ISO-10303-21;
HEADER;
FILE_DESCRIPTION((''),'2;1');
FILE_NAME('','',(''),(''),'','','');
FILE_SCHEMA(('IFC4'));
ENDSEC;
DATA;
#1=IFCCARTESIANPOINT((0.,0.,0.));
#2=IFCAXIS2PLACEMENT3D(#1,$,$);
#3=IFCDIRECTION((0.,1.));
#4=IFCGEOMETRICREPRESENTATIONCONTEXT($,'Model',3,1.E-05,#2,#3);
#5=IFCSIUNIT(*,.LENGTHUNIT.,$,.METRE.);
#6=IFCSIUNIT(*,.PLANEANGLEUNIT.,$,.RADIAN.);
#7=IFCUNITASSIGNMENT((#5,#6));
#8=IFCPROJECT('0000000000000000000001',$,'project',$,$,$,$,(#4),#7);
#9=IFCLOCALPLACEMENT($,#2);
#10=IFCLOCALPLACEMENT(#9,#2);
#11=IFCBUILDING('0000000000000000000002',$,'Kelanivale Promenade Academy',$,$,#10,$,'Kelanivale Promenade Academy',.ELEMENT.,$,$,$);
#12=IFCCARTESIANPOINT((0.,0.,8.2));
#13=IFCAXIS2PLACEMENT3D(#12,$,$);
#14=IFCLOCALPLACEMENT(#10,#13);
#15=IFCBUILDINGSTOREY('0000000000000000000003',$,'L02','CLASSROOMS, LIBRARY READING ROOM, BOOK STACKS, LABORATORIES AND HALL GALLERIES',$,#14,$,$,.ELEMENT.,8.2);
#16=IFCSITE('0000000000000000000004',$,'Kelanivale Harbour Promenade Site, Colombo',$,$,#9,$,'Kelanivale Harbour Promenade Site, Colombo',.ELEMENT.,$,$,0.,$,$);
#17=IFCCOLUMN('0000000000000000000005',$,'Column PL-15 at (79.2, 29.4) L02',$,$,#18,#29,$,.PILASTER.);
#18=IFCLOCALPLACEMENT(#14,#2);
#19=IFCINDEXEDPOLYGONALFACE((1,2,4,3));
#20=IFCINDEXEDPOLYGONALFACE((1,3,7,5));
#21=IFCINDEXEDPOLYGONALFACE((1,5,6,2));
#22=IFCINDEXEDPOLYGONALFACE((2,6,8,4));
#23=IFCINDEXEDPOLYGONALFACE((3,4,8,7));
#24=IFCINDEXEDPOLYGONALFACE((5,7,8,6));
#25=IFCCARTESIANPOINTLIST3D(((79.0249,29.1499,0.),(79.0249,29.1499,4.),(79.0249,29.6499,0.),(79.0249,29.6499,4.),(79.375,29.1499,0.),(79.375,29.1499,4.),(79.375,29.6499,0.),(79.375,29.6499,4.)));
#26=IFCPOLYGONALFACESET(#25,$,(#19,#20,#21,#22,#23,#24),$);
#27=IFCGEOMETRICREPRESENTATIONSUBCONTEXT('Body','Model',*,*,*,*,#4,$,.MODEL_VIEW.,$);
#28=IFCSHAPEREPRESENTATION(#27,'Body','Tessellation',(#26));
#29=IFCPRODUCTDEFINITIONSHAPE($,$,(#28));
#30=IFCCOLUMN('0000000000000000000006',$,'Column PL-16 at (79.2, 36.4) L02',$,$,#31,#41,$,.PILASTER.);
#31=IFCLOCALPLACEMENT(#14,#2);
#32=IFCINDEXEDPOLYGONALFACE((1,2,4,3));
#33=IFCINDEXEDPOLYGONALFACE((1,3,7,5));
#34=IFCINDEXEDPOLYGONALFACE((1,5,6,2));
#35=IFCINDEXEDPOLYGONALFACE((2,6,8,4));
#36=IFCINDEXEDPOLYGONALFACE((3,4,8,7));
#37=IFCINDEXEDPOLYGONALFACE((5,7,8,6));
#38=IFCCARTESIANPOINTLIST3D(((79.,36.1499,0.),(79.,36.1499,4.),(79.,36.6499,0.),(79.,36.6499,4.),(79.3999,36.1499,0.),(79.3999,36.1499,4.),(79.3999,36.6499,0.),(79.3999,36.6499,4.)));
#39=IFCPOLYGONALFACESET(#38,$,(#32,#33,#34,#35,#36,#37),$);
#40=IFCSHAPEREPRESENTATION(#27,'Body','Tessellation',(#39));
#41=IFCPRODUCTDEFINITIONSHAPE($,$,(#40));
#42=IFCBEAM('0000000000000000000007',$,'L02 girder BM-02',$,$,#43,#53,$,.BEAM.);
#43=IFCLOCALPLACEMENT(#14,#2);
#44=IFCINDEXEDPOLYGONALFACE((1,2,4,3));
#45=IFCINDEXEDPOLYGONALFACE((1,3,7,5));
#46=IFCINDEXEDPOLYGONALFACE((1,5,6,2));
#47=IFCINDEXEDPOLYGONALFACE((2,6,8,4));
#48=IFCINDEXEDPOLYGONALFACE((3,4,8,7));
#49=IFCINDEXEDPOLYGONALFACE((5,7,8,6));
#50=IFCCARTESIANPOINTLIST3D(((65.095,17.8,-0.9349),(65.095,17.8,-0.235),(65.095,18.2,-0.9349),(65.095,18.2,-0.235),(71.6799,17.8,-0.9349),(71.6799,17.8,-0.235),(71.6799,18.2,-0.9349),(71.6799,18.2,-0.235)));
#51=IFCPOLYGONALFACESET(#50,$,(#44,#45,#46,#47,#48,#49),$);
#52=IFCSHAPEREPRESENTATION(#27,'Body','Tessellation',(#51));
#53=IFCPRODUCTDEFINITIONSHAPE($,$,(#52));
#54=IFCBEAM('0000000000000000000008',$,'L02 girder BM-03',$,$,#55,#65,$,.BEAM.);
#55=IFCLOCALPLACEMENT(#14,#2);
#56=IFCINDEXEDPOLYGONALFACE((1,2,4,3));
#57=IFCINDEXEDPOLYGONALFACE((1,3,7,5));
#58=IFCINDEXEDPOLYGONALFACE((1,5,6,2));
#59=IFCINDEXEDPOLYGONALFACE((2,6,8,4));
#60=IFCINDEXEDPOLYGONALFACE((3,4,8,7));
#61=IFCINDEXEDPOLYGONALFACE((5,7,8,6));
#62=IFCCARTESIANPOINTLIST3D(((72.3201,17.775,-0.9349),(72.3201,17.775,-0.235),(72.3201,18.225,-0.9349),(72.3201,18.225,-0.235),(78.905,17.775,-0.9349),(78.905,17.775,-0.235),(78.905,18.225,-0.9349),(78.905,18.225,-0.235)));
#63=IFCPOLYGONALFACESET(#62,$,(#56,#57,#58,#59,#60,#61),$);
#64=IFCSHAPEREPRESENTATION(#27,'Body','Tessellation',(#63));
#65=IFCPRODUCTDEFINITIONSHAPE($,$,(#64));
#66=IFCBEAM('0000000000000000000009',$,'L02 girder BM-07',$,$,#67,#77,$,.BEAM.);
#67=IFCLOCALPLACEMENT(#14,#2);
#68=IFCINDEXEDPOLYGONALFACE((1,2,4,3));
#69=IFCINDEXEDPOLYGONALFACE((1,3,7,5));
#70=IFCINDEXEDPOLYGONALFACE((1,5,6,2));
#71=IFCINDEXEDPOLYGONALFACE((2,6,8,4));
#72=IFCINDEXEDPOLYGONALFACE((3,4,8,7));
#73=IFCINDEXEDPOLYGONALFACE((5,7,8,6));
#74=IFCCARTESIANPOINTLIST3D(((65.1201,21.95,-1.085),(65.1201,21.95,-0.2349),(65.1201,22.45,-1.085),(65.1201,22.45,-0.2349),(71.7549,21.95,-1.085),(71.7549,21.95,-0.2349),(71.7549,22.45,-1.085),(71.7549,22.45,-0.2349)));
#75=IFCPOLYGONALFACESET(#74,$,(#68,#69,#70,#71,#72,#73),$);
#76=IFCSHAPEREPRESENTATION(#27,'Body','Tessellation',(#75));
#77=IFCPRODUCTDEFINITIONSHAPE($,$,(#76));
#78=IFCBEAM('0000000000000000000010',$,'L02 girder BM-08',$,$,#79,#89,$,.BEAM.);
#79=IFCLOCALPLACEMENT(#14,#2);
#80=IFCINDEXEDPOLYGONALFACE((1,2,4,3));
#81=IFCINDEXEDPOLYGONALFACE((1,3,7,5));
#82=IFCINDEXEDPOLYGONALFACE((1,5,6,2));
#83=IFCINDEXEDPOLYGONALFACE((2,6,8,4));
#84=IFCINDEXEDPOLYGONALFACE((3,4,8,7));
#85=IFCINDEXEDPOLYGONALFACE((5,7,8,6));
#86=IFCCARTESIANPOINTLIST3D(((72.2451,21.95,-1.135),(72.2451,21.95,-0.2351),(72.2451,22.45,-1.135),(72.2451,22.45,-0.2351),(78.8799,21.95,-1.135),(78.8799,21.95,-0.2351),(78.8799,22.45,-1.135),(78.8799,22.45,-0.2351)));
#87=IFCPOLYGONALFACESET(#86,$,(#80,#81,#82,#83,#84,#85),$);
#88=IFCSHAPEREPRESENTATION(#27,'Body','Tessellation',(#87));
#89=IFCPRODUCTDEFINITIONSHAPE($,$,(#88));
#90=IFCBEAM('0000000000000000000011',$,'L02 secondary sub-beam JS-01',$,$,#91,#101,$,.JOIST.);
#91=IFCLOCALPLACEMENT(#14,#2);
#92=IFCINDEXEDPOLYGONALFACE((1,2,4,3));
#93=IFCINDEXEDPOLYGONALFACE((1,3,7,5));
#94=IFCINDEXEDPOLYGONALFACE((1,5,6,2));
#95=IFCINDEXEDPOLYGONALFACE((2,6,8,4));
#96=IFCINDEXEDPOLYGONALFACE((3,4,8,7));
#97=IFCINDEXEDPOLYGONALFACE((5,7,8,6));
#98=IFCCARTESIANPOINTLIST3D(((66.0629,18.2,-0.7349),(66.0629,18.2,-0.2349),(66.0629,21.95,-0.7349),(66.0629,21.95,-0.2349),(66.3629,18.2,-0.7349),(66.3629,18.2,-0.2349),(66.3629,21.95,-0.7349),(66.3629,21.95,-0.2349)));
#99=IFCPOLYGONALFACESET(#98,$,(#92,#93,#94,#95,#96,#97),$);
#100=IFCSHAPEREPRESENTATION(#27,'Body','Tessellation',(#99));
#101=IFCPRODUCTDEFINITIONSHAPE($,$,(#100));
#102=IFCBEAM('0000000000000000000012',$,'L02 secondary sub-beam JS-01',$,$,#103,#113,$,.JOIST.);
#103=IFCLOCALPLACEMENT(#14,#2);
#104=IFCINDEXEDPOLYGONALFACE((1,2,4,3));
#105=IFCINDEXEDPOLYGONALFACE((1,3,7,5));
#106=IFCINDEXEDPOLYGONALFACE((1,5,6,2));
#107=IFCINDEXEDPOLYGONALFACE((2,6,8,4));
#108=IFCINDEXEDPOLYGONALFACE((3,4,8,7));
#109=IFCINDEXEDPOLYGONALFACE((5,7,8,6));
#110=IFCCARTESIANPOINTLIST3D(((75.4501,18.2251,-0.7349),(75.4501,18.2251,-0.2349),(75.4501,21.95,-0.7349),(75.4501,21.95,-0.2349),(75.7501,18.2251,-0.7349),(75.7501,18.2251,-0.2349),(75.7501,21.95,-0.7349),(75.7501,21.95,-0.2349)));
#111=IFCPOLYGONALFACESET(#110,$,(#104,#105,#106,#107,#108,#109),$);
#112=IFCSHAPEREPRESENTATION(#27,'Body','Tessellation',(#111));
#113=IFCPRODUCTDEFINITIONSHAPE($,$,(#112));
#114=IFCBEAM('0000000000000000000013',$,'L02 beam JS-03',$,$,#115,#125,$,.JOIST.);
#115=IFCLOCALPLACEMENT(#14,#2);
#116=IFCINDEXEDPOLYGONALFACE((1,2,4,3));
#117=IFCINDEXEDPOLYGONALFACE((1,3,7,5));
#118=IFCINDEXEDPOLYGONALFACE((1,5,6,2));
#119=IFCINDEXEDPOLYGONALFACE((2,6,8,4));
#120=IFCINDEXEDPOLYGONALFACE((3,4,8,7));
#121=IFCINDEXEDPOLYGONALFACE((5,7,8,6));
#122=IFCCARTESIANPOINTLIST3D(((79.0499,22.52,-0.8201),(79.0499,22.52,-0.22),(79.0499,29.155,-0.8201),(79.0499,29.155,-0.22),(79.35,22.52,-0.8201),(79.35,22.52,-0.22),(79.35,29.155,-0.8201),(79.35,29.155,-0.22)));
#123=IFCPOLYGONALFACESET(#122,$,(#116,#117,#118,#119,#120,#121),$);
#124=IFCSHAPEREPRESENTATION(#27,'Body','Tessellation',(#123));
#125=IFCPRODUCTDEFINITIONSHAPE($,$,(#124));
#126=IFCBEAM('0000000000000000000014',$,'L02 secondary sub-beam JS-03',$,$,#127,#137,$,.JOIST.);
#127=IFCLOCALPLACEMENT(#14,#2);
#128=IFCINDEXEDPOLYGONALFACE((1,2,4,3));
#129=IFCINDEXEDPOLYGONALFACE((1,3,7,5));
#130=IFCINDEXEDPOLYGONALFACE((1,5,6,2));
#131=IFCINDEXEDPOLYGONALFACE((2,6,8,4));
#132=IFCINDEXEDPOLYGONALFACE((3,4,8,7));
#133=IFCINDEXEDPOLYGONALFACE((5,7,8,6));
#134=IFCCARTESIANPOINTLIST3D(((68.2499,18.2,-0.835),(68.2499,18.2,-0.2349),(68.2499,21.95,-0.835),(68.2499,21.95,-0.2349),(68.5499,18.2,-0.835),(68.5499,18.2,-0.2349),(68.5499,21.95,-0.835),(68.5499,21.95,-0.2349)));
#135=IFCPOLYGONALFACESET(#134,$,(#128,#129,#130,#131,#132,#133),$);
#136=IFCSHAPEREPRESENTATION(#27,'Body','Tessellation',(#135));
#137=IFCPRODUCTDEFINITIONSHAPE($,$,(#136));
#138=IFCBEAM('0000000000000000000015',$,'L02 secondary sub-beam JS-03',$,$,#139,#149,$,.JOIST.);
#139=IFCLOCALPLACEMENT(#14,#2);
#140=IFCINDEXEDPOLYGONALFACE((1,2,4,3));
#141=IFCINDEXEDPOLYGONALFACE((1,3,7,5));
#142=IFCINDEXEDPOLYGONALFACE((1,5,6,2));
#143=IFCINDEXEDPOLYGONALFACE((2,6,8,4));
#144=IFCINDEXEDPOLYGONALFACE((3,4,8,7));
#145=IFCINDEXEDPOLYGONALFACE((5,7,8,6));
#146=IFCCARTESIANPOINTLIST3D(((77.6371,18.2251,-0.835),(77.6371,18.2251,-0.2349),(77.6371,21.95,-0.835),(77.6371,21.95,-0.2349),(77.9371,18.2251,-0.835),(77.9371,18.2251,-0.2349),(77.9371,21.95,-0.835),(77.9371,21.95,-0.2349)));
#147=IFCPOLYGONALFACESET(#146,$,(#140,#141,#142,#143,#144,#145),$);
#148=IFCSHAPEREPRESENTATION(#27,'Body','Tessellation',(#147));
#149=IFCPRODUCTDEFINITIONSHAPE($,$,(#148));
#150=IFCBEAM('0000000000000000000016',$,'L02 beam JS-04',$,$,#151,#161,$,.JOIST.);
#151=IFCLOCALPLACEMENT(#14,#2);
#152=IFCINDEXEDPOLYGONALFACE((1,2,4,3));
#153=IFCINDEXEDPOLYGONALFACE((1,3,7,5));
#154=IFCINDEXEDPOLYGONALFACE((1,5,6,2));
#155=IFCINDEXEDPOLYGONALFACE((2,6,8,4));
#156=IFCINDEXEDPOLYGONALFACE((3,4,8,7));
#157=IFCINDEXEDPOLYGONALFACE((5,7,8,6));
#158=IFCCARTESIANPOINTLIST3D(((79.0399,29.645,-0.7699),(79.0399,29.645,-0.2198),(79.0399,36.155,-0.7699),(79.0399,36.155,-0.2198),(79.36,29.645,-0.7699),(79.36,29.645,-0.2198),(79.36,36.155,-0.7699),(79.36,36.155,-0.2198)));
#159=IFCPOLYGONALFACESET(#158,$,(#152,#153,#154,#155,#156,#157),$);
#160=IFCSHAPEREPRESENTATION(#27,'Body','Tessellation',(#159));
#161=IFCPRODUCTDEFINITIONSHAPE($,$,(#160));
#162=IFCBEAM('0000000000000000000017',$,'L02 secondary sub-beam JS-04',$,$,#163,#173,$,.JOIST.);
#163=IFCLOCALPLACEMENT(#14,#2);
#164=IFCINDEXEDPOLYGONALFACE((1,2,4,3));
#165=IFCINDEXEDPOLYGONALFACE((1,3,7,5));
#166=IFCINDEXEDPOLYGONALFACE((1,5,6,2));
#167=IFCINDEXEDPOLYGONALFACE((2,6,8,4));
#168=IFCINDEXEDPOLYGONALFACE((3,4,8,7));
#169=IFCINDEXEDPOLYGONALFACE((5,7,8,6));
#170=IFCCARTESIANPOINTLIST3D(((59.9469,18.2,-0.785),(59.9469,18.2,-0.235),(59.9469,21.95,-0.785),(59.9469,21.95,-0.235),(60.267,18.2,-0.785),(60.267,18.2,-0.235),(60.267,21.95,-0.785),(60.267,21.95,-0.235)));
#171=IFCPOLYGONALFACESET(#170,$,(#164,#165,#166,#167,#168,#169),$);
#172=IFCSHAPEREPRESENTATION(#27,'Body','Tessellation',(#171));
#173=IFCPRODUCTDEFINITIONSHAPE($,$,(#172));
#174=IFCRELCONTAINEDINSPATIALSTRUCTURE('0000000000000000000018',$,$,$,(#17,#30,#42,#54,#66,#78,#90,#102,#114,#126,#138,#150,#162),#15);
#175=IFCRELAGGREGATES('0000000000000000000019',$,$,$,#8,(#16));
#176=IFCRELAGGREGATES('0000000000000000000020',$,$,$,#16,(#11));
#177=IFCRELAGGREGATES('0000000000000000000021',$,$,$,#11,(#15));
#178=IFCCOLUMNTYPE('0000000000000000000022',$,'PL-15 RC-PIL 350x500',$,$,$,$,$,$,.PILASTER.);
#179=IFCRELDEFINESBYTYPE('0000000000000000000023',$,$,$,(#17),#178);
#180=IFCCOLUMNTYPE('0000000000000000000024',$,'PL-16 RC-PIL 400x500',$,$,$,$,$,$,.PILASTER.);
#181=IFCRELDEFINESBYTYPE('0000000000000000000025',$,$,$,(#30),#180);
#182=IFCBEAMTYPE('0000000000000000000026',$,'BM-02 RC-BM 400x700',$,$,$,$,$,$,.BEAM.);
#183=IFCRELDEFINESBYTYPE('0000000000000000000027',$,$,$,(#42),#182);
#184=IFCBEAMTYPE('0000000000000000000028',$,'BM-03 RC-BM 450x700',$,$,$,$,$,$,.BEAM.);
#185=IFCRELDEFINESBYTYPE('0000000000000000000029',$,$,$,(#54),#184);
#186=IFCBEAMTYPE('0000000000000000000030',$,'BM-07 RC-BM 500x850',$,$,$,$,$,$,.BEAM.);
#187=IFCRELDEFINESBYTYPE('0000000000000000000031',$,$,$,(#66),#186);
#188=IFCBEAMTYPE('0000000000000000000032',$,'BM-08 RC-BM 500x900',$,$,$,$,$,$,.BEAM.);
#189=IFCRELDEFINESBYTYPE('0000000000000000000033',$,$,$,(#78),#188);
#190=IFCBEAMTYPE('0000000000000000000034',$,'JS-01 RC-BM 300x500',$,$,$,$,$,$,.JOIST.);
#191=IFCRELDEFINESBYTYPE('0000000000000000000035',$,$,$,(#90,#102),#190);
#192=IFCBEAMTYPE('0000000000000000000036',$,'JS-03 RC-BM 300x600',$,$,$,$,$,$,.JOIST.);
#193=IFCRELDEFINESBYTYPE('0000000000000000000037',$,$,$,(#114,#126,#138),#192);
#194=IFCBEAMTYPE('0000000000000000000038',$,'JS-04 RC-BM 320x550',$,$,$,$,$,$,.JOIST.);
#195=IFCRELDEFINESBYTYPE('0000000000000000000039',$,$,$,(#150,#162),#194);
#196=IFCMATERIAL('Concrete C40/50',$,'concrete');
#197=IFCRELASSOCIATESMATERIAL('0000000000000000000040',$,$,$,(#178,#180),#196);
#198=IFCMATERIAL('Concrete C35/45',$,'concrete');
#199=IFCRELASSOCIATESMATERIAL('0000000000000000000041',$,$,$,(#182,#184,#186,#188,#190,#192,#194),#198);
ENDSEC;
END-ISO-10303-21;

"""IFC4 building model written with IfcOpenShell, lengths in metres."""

from ifc_helpers import new_model, si_unit, direction, frame, origin, origin_2d, place, context, subcontext, project, spatial, rectangle, extrude, material, material_profile, profile_set, type_object, element, save


model = new_model("IFC4")

# Units and contexts
model_context = context("Model", 3, precision=1e-05, world=origin(), true_north=direction((0.0, 1.0)))
body_context = subcontext(model_context, "Body", "Model", "MODEL_VIEW")
ifc_project = project(units=[si_unit("LENGTHUNIT", "METRE"), si_unit("PLANEANGLEUNIT", "RADIAN")], contexts=[model_context])

# Site, building, storey
site_placement = place(None, origin())
site = spatial("IfcSite", under=ifc_project, at=site_placement, Name="Kelanivale Harbour Promenade Site, Colombo", LongName="Kelanivale Harbour Promenade Site, Colombo", CompositionType="ELEMENT", RefElevation=0.0)
building_placement = place(site_placement, origin())
building = spatial("IfcBuilding", under=site, at=building_placement, Name="Kelanivale Promenade Academy", LongName="Kelanivale Promenade Academy", CompositionType="ELEMENT")
storey_placement = place(building_placement, frame((0.0, 0.0, 8.2)))
storey = spatial("IfcBuildingStorey", under=building, at=storey_placement, Name="L02", Description="CLASSROOMS, LIBRARY READING ROOM, BOOK STACKS, LABORATORIES AND HALL GALLERIES", CompositionType="ELEMENT", Elevation=8.2)

# Columns
ifc_material_1 = material(Name="Concrete C40/50", Category="concrete")
ifc_material_profile_1 = material_profile(ifc_material_1, rectangle(XDim=0.3501, YDim=0.5, at=origin_2d()), Name="RC-PIL 350x500")
ifc_profile_set_1 = profile_set([ifc_material_profile_1], Name="Concrete C40/50")
column_type_1 = type_object("IfcColumnType", Name="PL-15 RC-PIL 350x500", PredefinedType="PILASTER", material=ifc_profile_set_1)
column_1_placement = place(storey_placement, frame((79.2, 29.3999, 0.0), z_axis=(0.0, 0.0, 1.0), x_axis=(1.0, 0.0, 0.0)))
element("IfcColumn", 1, at=column_1_placement, inside=storey, type_object=column_type_1, Name="Column PL-15 at (79.2, 29.4) L02", PredefinedType="PILASTER", context=body_context, shape_type="SweptSolid", body=[
    extrude(rectangle(XDim=0.3501, YDim=0.5, at=origin_2d()), origin(), (0.0, 0.0, 1.0), 4.0),
])
ifc_material_profile_2 = material_profile(ifc_material_1, rectangle(XDim=0.3999, YDim=0.5, at=origin_2d()), Name="RC-PIL 400x500")
ifc_profile_set_2 = profile_set([ifc_material_profile_2], Name="Concrete C40/50")
column_type_2 = type_object("IfcColumnType", Name="PL-16 RC-PIL 400x500", PredefinedType="PILASTER", material=ifc_profile_set_2)
column_2_placement = place(storey_placement, frame((79.2, 36.3999, 0.0), z_axis=(0.0, 0.0, 1.0), x_axis=(1.0, 0.0, 0.0)))
element("IfcColumn", 2, at=column_2_placement, inside=storey, type_object=column_type_2, Name="Column PL-16 at (79.2, 36.4) L02", PredefinedType="PILASTER", context=body_context, shape_type="SweptSolid", body=[
    extrude(rectangle(XDim=0.3999, YDim=0.5, at=origin_2d()), origin(), (0.0, 0.0, 1.0), 4.0),
])

# Beams
ifc_material_2 = material(Name="Concrete C35/45", Category="concrete")
ifc_material_profile_3 = material_profile(ifc_material_2, rectangle(XDim=0.3999, YDim=0.7, at=origin_2d()), Name="RC-BM 400x700")
ifc_profile_set_3 = profile_set([ifc_material_profile_3], Name="Concrete C35/45")
beam_type_1 = type_object("IfcBeamType", Name="BM-02 RC-BM 400x700", PredefinedType="BEAM", material=ifc_profile_set_3)
beam_1_placement = place(storey_placement, frame((65.095, 18.0, -0.585), z_axis=(1.0, 0.0, 0.0), x_axis=(0.0, 1.0, 0.0)))
element("IfcBeam", 3, at=beam_1_placement, inside=storey, type_object=beam_type_1, Name="L02 girder BM-02", PredefinedType="BEAM", context=body_context, shape_type="SweptSolid", body=[
    extrude(rectangle(XDim=0.3999, YDim=0.7, at=origin_2d()), origin(), (0.0, 0.0, 1.0), 6.585),
])
ifc_material_profile_4 = material_profile(ifc_material_2, rectangle(XDim=0.45, YDim=0.7, at=origin_2d()), Name="RC-BM 450x700")
ifc_profile_set_4 = profile_set([ifc_material_profile_4], Name="Concrete C35/45")
beam_type_2 = type_object("IfcBeamType", Name="BM-03 RC-BM 450x700", PredefinedType="BEAM", material=ifc_profile_set_4)
beam_2_placement = place(storey_placement, frame((72.3201, 18.0, -0.585), z_axis=(1.0, 0.0, 0.0), x_axis=(0.0, 1.0, 0.0)))
element("IfcBeam", 4, at=beam_2_placement, inside=storey, type_object=beam_type_2, Name="L02 girder BM-03", PredefinedType="BEAM", context=body_context, shape_type="SweptSolid", body=[
    extrude(rectangle(XDim=0.45, YDim=0.7, at=origin_2d()), origin(), (0.0, 0.0, 1.0), 6.585),
])
ifc_material_profile_5 = material_profile(ifc_material_2, rectangle(XDim=0.5, YDim=0.8501, at=origin_2d()), Name="RC-BM 500x850")
ifc_profile_set_5 = profile_set([ifc_material_profile_5], Name="Concrete C35/45")
beam_type_3 = type_object("IfcBeamType", Name="BM-07 RC-BM 500x850", PredefinedType="BEAM", material=ifc_profile_set_5)
beam_3_placement = place(storey_placement, frame((65.1201, 22.2, -0.6599), z_axis=(1.0, 0.0, 0.0), x_axis=(0.0, 1.0, 0.0)))
element("IfcBeam", 5, at=beam_3_placement, inside=storey, type_object=beam_type_3, Name="L02 girder BM-07", PredefinedType="BEAM", context=body_context, shape_type="SweptSolid", body=[
    extrude(rectangle(XDim=0.5, YDim=0.8501, at=origin_2d()), origin(), (0.0, 0.0, 1.0), 6.6348),
])
ifc_material_profile_6 = material_profile(ifc_material_2, rectangle(XDim=0.5, YDim=0.8999, at=origin_2d()), Name="RC-BM 500x900")
ifc_profile_set_6 = profile_set([ifc_material_profile_6], Name="Concrete C35/45")
beam_type_4 = type_object("IfcBeamType", Name="BM-08 RC-BM 500x900", PredefinedType="BEAM", material=ifc_profile_set_6)
beam_4_placement = place(storey_placement, frame((72.2451, 22.2, -0.6851), z_axis=(1.0, 0.0, 0.0), x_axis=(0.0, 1.0, 0.0)))
element("IfcBeam", 6, at=beam_4_placement, inside=storey, type_object=beam_type_4, Name="L02 girder BM-08", PredefinedType="BEAM", context=body_context, shape_type="SweptSolid", body=[
    extrude(rectangle(XDim=0.5, YDim=0.8999, at=origin_2d()), origin(), (0.0, 0.0, 1.0), 6.6348),
])
ifc_material_profile_7 = material_profile(ifc_material_2, rectangle(XDim=0.3, YDim=0.5, at=origin_2d()), Name="RC-BM 300x500")
ifc_profile_set_7 = profile_set([ifc_material_profile_7], Name="Concrete C35/45")
beam_type_5 = type_object("IfcBeamType", Name="JS-01 RC-BM 300x500", PredefinedType="JOIST", material=ifc_profile_set_7)
beam_5_placement = place(storey_placement, frame((66.2129, 18.2, -0.4849), z_axis=(0.0, 1.0, 0.0), x_axis=(-1.0, 0.0, 0.0)))
element("IfcBeam", 7, at=beam_5_placement, inside=storey, type_object=beam_type_5, Name="L02 secondary sub-beam JS-01", PredefinedType="JOIST", context=body_context, shape_type="SweptSolid", body=[
    extrude(rectangle(XDim=0.3, YDim=0.5, at=origin_2d()), origin(), (0.0, 0.0, 1.0), 3.75),
])
beam_6_placement = place(storey_placement, frame((75.6001, 18.2251, -0.4849), z_axis=(0.0, 1.0, 0.0), x_axis=(-1.0, 0.0, 0.0)))
element("IfcBeam", 8, at=beam_6_placement, inside=storey, type_object=beam_type_5, Name="L02 secondary sub-beam JS-01", PredefinedType="JOIST", context=body_context, shape_type="SweptSolid", body=[
    extrude(rectangle(XDim=0.3, YDim=0.5, at=origin_2d()), origin(), (0.0, 0.0, 1.0), 3.7249),
])
ifc_material_profile_8 = material_profile(ifc_material_2, rectangle(XDim=0.3, YDim=0.6001, at=origin_2d()), Name="RC-BM 300x600")
ifc_profile_set_8 = profile_set([ifc_material_profile_8], Name="Concrete C35/45")
beam_type_6 = type_object("IfcBeamType", Name="JS-03 RC-BM 300x600", PredefinedType="JOIST", material=ifc_profile_set_8)
beam_7_placement = place(storey_placement, frame((79.2, 22.52, -0.52), z_axis=(0.0, 1.0, 0.0), x_axis=(-1.0, 0.0, 0.0)))
element("IfcBeam", 9, at=beam_7_placement, inside=storey, type_object=beam_type_6, Name="L02 beam JS-03", PredefinedType="JOIST", context=body_context, shape_type="SweptSolid", body=[
    extrude(rectangle(XDim=0.3, YDim=0.6001, at=origin_2d()), origin(), (0.0, 0.0, 1.0), 6.635),
])
beam_8_placement = place(storey_placement, frame((68.3999, 18.2, -0.5349), z_axis=(0.0, 1.0, 0.0), x_axis=(-1.0, 0.0, 0.0)))
element("IfcBeam", 10, at=beam_8_placement, inside=storey, type_object=beam_type_6, Name="L02 secondary sub-beam JS-03", PredefinedType="JOIST", context=body_context, shape_type="SweptSolid", body=[
    extrude(rectangle(XDim=0.3, YDim=0.6001, at=origin_2d()), origin(), (0.0, 0.0, 1.0), 3.75),
])
beam_9_placement = place(storey_placement, frame((77.7871, 18.2251, -0.5349), z_axis=(0.0, 1.0, 0.0), x_axis=(-1.0, 0.0, 0.0)))
element("IfcBeam", 11, at=beam_9_placement, inside=storey, type_object=beam_type_6, Name="L02 secondary sub-beam JS-03", PredefinedType="JOIST", context=body_context, shape_type="SweptSolid", body=[
    extrude(rectangle(XDim=0.3, YDim=0.6001, at=origin_2d()), origin(), (0.0, 0.0, 1.0), 3.7249),
])
ifc_material_profile_9 = material_profile(ifc_material_2, rectangle(XDim=0.3201, YDim=0.55, at=origin_2d()), Name="RC-BM 320x550")
ifc_profile_set_9 = profile_set([ifc_material_profile_9], Name="Concrete C35/45")
beam_type_7 = type_object("IfcBeamType", Name="JS-04 RC-BM 320x550", PredefinedType="JOIST", material=ifc_profile_set_9)
beam_10_placement = place(storey_placement, frame((79.2, 29.645, -0.4949), z_axis=(0.0, 1.0, 0.0), x_axis=(-1.0, 0.0, 0.0)))
element("IfcBeam", 12, at=beam_10_placement, inside=storey, type_object=beam_type_7, Name="L02 beam JS-04", PredefinedType="JOIST", context=body_context, shape_type="SweptSolid", body=[
    extrude(rectangle(XDim=0.3201, YDim=0.55, at=origin_2d()), origin(), (0.0, 0.0, 1.0), 6.51),
])
for number, where, z_axis, x_axis, name in (
    (13, (60.1069, 18.2, -0.51), (0.0, 1.0, 0.0), (-1.0, 0.0, 0.0), "L02 secondary sub-beam JS-04"),
):
    element("IfcBeam", number, at=place(storey_placement, frame(where, z_axis=z_axis, x_axis=x_axis)), inside=storey, type_object=beam_type_7, Name=name, PredefinedType="JOIST", context=body_context, shape_type="SweptSolid", body=[
        extrude(rectangle(XDim=0.3201, YDim=0.55, at=origin_2d()), origin(), (0.0, 0.0, 1.0), 3.75),
    ])

save(model, "model.ifc")
